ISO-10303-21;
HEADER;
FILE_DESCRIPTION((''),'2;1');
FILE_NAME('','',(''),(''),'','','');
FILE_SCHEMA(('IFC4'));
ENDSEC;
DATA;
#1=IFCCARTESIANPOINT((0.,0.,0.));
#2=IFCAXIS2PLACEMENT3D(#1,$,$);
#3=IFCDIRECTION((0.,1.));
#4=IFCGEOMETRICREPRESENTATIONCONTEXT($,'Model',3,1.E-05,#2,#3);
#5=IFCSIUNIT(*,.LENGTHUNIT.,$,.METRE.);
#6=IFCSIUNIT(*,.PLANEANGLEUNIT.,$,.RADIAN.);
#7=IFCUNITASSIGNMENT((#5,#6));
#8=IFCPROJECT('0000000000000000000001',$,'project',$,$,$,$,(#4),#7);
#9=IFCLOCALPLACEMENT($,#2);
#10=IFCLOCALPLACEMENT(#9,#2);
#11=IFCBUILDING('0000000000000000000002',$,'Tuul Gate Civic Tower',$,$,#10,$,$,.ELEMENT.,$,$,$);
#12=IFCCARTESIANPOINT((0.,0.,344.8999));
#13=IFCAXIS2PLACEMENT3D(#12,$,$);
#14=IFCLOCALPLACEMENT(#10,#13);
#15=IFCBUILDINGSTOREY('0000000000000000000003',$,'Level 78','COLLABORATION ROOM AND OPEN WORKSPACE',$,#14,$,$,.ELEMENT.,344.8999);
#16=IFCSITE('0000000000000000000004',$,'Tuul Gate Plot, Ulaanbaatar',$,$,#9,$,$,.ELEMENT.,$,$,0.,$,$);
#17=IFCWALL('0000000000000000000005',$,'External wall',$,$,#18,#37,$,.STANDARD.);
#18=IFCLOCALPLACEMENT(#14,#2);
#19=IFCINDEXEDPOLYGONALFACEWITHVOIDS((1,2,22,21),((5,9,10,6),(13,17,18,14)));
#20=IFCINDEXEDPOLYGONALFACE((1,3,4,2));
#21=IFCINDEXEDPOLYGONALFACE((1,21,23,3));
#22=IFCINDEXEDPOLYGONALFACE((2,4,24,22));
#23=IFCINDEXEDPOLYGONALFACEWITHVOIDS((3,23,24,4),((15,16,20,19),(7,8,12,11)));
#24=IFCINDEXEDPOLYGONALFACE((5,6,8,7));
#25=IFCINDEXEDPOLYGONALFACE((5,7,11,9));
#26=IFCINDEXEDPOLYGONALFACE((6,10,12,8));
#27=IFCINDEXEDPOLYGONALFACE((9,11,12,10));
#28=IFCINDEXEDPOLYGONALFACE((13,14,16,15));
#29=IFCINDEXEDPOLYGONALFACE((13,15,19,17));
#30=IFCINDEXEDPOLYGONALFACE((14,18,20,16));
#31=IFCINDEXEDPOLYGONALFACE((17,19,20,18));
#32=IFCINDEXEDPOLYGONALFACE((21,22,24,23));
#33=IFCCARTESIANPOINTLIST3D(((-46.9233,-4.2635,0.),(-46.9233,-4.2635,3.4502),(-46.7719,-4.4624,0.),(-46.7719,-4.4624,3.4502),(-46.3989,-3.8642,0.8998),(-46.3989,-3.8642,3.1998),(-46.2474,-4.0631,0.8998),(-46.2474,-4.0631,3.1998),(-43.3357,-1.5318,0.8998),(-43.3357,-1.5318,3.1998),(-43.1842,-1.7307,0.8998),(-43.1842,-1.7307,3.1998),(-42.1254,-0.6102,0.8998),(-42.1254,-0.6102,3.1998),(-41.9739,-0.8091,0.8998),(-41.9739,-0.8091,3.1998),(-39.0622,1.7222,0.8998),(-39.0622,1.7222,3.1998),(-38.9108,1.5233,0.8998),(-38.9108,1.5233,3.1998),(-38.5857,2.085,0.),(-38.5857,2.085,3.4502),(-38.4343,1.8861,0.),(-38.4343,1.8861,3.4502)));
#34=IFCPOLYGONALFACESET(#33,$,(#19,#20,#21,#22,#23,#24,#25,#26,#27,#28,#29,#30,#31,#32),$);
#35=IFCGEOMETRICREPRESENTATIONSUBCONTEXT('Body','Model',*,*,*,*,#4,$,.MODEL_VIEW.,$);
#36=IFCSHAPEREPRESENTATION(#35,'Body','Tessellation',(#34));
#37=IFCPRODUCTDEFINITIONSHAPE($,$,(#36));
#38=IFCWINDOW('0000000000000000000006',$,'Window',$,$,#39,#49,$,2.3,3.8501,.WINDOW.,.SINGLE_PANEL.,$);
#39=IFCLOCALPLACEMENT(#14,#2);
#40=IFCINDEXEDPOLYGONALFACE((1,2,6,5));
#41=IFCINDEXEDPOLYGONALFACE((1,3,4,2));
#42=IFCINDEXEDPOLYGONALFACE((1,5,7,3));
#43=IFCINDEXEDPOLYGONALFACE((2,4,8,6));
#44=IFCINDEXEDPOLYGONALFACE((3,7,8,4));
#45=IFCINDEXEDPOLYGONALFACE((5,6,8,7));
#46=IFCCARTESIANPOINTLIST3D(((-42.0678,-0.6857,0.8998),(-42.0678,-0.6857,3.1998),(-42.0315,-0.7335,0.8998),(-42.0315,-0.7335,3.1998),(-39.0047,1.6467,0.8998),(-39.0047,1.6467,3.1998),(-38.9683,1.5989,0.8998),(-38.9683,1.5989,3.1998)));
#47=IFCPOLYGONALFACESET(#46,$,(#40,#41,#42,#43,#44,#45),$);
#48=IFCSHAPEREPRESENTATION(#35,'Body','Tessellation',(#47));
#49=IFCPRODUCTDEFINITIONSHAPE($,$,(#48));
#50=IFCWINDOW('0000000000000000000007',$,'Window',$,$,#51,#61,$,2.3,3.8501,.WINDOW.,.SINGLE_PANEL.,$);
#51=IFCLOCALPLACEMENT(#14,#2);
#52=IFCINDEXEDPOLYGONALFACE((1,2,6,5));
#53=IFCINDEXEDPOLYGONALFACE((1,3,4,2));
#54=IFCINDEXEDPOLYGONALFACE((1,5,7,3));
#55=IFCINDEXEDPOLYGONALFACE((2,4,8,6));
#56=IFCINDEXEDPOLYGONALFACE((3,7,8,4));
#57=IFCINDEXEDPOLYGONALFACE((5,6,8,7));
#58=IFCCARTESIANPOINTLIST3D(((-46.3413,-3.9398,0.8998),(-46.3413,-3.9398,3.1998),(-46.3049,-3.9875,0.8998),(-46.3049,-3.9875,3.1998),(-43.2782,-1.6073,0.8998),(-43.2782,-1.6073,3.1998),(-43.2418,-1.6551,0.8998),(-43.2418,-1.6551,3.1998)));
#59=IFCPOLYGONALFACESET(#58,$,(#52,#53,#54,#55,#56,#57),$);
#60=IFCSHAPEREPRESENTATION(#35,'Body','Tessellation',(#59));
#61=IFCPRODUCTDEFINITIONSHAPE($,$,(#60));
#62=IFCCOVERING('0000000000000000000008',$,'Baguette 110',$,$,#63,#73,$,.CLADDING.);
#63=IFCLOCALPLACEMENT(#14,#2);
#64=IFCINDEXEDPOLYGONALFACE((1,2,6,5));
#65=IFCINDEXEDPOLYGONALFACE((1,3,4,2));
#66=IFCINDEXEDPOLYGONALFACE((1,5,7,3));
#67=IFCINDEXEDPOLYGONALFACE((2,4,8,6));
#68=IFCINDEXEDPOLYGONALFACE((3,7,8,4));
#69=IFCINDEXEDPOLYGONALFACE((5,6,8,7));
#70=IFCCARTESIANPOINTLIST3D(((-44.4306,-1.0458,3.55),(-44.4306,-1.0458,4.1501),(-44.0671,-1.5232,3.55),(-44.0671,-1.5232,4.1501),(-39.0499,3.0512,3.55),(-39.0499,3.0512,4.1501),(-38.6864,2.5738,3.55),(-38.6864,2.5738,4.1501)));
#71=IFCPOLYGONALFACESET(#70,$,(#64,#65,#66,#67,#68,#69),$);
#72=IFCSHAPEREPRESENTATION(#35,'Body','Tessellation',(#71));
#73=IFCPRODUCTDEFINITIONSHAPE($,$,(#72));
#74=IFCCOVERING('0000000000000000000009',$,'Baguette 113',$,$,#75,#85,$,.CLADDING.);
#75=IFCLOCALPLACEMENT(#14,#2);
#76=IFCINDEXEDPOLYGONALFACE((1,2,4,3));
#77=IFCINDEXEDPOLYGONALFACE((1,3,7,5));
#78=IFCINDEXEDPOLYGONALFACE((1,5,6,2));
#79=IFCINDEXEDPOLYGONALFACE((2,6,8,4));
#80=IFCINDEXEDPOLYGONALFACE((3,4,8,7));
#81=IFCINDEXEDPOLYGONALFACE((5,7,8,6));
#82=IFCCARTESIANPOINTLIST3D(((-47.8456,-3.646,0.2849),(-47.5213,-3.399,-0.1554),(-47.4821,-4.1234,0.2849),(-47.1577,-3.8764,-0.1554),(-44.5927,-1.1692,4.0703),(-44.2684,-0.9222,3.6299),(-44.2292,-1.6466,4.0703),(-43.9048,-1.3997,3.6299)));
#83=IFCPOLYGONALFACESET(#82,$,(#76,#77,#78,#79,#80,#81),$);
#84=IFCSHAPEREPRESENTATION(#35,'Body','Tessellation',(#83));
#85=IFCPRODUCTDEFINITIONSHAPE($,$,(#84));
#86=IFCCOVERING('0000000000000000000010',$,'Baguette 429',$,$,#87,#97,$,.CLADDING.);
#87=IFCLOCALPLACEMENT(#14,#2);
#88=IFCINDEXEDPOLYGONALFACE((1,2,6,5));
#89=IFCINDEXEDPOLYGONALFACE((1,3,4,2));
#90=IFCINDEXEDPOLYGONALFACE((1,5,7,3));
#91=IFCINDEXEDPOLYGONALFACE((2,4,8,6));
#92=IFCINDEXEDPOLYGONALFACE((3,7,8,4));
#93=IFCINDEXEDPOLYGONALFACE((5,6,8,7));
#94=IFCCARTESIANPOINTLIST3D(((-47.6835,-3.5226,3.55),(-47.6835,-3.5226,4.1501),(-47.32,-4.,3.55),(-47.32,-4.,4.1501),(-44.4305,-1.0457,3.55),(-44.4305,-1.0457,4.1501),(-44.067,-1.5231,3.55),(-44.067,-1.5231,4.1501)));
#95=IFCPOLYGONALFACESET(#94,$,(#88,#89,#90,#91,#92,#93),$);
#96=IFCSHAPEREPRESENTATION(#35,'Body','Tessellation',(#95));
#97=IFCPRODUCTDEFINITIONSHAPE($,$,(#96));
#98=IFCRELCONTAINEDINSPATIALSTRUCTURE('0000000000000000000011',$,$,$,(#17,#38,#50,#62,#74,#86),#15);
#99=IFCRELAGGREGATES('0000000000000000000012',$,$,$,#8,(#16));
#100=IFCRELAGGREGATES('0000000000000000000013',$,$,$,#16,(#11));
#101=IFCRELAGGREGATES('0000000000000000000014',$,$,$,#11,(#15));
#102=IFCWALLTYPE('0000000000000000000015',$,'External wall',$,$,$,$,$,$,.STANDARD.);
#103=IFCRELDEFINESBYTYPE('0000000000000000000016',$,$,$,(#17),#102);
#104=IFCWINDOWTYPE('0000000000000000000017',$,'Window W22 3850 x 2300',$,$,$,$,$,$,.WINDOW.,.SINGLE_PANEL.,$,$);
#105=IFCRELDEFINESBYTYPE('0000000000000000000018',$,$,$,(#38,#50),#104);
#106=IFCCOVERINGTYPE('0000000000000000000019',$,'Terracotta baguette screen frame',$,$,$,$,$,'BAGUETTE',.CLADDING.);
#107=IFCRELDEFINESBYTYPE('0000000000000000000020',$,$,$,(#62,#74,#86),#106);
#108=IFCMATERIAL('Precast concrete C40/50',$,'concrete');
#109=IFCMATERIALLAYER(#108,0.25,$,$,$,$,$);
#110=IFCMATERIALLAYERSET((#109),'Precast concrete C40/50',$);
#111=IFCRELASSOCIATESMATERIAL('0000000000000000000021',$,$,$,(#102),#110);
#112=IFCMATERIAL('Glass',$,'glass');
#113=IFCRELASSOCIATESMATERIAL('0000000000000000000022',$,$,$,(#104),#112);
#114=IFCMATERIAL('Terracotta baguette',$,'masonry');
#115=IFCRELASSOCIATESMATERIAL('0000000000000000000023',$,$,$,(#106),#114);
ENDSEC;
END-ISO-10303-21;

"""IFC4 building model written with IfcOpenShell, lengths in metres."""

from ifc_helpers import new_model, si_unit, direction, frame, frame_2d, origin, origin_2d, place, context, subcontext, project, spatial, rectangle, extrude, material, layer, layer_set, material_profile, profile_set, type_object, element, fill, save


model = new_model("IFC4")

# Units and contexts
model_context = context("Model", 3, precision=1e-05, world=origin(), true_north=direction((0.0, 1.0)))
body_context = subcontext(model_context, "Body", "Model", "MODEL_VIEW")
ifc_project = project(units=[si_unit("LENGTHUNIT", "METRE"), si_unit("PLANEANGLEUNIT", "RADIAN")], contexts=[model_context])

# Site, building, storey
site_placement = place(None, origin())
site = spatial("IfcSite", under=ifc_project, at=site_placement, Name="Tuul Gate Plot, Ulaanbaatar", CompositionType="ELEMENT", RefElevation=0.0)
building_placement = place(site_placement, origin())
building = spatial("IfcBuilding", under=site, at=building_placement, Name="Tuul Gate Civic Tower", CompositionType="ELEMENT")
storey_placement = place(building_placement, frame((0.0, 0.0, 344.8999)))
storey = spatial("IfcBuildingStorey", under=building, at=storey_placement, Name="Level 78", Description="COLLABORATION ROOM AND OPEN WORKSPACE", CompositionType="ELEMENT", Elevation=344.8999)

# Wall, openings, windows
ifc_material_1 = material(Name="Precast concrete C40/50", Category="concrete")
ifc_layer_1 = layer(ifc_material_1, 0.25)
ifc_layer_set_1 = layer_set([ifc_layer_1], Name="Precast concrete C40/50")
wall_type_1 = type_object("IfcWallType", Name="External wall", PredefinedType="STANDARD", material=ifc_layer_set_1)
wall_1_placement = place(storey_placement, frame((-38.51, 1.9856, 0.0), z_axis=(0.0, 0.0, 1.0), x_axis=(-0.795609, -0.60581, 0.0)))
wall_1 = element("IfcWall", 1, at=wall_1_placement, inside=storey, type_object=wall_type_1, Name="External wall", PredefinedType="STANDARD", context=body_context, shape_type="SweptSolid", body=[
    extrude(rectangle(XDim=10.4795, YDim=0.25, at=frame_2d((5.2397, 0.0))), origin(), (0.0, 0.0, 1.0), 3.4502),
])
opening_1_placement = place(wall_1_placement, frame((0.5989, 0.0, 0.8999)))
opening_1 = element("IfcOpeningElement", 2, at=opening_1_placement, cuts=wall_1, PredefinedType="OPENING", context=body_context, shape_type="SweptSolid", body=[
    extrude(rectangle(XDim=3.8501, YDim=2.3, at=frame_2d((1.925, 1.1499))), frame((0.0, 0.135, 0.0), z_axis=(0.0, -1.0, 0.0), x_axis=(1.0, 0.0, 0.0)), (0.0, 0.0, 1.0), 0.27),
])
opening_2_placement = place(wall_1_placement, frame((5.9702, 0.0, 0.8999)))
opening_2 = element("IfcOpeningElement", 3, at=opening_2_placement, cuts=wall_1, PredefinedType="OPENING", context=body_context, shape_type="SweptSolid", body=[
    extrude(rectangle(XDim=3.8501, YDim=2.3, at=frame_2d((1.925, 1.1499))), frame((0.0, 0.135, 0.0), z_axis=(0.0, -1.0, 0.0), x_axis=(1.0, 0.0, 0.0)), (0.0, 0.0, 1.0), 0.27),
])
ifc_material_2 = material(Name="Glass", Category="glass")
window_type = type_object("IfcWindowType", Name="Window W22 3850 x 2300", PartitioningType="SINGLE_PANEL", PredefinedType="WINDOW", material=ifc_material_2)
window_1_placement = place(opening_1_placement, origin())
window_1 = element("IfcWindow", 4, at=window_1_placement, inside=storey, type_object=window_type, Name="Window", OverallHeight=2.3, OverallWidth=3.8501, PartitioningType="SINGLE_PANEL", PredefinedType="WINDOW", context=body_context, shape_type="SweptSolid", body=[
    extrude(rectangle(XDim=3.8501, YDim=2.3, at=frame_2d((1.925, 1.1499))), frame((0.0, 0.03, 0.0), z_axis=(0.0, -1.0, 0.0), x_axis=(1.0, 0.0, 0.0)), (0.0, 0.0, 1.0), 0.0601),
])
fill(opening_1, window_1)
window_2_placement = place(opening_2_placement, origin())
window_2 = element("IfcWindow", 5, at=window_2_placement, inside=storey, type_object=window_type, Name="Window", OverallHeight=2.3, OverallWidth=3.8501, PartitioningType="SINGLE_PANEL", PredefinedType="WINDOW", context=body_context, shape_type="SweptSolid", body=[
    extrude(rectangle(XDim=3.8501, YDim=2.3, at=frame_2d((1.925, 1.1499))), frame((0.0, 0.03, 0.0), z_axis=(0.0, -1.0, 0.0), x_axis=(1.0, 0.0, 0.0)), (0.0, 0.0, 1.0), 0.0601),
])
fill(opening_2, window_2)

# Coverings
ifc_material_3 = material(Name="Terracotta baguette", Category="masonry")
ifc_material_profile_1 = material_profile(ifc_material_3, rectangle(XDim=0.6001, YDim=0.6001, at=origin_2d()), Name="Terracotta baguette screen frame")
ifc_profile_set_1 = profile_set([ifc_material_profile_1], Name="Terracotta baguette")
covering_type = type_object("IfcCoveringType", Name="Terracotta baguette screen frame", ElementType="BAGUETTE", PredefinedType="CLADDING", material=ifc_profile_set_1)
covering_1_placement = place(storey_placement, frame((-38.8682, 2.8125, 3.8501), z_axis=(-0.795616, -0.605801, 0.0), x_axis=(0.605801, -0.795616, 0.0)))
element("IfcCovering", 6, at=covering_1_placement, inside=storey, type_object=covering_type, Name="Baguette 110", PredefinedType="CLADDING", context=body_context, shape_type="SweptSolid", body=[
    extrude(rectangle(XDim=0.6001, YDim=0.6001, at=origin_2d()), origin(), (0.0, 0.0, 1.0), 6.7629),
])
covering_2_placement = place(storey_placement, frame((-44.2488, -1.2844, 3.8501), z_axis=(-0.583816, -0.444522, -0.679381), x_axis=(0.605793, -0.795622, 0.0)))
element("IfcCovering", 7, at=covering_2_placement, inside=storey, type_object=covering_type, Name="Baguette 113", PredefinedType="CLADDING", context=body_context, shape_type="SweptSolid", body=[
    extrude(rectangle(XDim=0.6001, YDim=0.6001, at=origin_2d()), origin(), (0.0, 0.0, 1.0), 5.5718),
])
covering_3_placement = place(storey_placement, frame((-44.2488, -1.2844, 3.8501), z_axis=(-0.795622, -0.605793, 0.0), x_axis=(0.605793, -0.795622, 0.0)))
element("IfcCovering", 8, at=covering_3_placement, inside=storey, type_object=covering_type, Name="Baguette 429", PredefinedType="CLADDING", context=body_context, shape_type="SweptSolid", body=[
    extrude(rectangle(XDim=0.6001, YDim=0.6001, at=origin_2d()), origin(), (0.0, 0.0, 1.0), 4.0886),
])

save(model, "model.ifc")
